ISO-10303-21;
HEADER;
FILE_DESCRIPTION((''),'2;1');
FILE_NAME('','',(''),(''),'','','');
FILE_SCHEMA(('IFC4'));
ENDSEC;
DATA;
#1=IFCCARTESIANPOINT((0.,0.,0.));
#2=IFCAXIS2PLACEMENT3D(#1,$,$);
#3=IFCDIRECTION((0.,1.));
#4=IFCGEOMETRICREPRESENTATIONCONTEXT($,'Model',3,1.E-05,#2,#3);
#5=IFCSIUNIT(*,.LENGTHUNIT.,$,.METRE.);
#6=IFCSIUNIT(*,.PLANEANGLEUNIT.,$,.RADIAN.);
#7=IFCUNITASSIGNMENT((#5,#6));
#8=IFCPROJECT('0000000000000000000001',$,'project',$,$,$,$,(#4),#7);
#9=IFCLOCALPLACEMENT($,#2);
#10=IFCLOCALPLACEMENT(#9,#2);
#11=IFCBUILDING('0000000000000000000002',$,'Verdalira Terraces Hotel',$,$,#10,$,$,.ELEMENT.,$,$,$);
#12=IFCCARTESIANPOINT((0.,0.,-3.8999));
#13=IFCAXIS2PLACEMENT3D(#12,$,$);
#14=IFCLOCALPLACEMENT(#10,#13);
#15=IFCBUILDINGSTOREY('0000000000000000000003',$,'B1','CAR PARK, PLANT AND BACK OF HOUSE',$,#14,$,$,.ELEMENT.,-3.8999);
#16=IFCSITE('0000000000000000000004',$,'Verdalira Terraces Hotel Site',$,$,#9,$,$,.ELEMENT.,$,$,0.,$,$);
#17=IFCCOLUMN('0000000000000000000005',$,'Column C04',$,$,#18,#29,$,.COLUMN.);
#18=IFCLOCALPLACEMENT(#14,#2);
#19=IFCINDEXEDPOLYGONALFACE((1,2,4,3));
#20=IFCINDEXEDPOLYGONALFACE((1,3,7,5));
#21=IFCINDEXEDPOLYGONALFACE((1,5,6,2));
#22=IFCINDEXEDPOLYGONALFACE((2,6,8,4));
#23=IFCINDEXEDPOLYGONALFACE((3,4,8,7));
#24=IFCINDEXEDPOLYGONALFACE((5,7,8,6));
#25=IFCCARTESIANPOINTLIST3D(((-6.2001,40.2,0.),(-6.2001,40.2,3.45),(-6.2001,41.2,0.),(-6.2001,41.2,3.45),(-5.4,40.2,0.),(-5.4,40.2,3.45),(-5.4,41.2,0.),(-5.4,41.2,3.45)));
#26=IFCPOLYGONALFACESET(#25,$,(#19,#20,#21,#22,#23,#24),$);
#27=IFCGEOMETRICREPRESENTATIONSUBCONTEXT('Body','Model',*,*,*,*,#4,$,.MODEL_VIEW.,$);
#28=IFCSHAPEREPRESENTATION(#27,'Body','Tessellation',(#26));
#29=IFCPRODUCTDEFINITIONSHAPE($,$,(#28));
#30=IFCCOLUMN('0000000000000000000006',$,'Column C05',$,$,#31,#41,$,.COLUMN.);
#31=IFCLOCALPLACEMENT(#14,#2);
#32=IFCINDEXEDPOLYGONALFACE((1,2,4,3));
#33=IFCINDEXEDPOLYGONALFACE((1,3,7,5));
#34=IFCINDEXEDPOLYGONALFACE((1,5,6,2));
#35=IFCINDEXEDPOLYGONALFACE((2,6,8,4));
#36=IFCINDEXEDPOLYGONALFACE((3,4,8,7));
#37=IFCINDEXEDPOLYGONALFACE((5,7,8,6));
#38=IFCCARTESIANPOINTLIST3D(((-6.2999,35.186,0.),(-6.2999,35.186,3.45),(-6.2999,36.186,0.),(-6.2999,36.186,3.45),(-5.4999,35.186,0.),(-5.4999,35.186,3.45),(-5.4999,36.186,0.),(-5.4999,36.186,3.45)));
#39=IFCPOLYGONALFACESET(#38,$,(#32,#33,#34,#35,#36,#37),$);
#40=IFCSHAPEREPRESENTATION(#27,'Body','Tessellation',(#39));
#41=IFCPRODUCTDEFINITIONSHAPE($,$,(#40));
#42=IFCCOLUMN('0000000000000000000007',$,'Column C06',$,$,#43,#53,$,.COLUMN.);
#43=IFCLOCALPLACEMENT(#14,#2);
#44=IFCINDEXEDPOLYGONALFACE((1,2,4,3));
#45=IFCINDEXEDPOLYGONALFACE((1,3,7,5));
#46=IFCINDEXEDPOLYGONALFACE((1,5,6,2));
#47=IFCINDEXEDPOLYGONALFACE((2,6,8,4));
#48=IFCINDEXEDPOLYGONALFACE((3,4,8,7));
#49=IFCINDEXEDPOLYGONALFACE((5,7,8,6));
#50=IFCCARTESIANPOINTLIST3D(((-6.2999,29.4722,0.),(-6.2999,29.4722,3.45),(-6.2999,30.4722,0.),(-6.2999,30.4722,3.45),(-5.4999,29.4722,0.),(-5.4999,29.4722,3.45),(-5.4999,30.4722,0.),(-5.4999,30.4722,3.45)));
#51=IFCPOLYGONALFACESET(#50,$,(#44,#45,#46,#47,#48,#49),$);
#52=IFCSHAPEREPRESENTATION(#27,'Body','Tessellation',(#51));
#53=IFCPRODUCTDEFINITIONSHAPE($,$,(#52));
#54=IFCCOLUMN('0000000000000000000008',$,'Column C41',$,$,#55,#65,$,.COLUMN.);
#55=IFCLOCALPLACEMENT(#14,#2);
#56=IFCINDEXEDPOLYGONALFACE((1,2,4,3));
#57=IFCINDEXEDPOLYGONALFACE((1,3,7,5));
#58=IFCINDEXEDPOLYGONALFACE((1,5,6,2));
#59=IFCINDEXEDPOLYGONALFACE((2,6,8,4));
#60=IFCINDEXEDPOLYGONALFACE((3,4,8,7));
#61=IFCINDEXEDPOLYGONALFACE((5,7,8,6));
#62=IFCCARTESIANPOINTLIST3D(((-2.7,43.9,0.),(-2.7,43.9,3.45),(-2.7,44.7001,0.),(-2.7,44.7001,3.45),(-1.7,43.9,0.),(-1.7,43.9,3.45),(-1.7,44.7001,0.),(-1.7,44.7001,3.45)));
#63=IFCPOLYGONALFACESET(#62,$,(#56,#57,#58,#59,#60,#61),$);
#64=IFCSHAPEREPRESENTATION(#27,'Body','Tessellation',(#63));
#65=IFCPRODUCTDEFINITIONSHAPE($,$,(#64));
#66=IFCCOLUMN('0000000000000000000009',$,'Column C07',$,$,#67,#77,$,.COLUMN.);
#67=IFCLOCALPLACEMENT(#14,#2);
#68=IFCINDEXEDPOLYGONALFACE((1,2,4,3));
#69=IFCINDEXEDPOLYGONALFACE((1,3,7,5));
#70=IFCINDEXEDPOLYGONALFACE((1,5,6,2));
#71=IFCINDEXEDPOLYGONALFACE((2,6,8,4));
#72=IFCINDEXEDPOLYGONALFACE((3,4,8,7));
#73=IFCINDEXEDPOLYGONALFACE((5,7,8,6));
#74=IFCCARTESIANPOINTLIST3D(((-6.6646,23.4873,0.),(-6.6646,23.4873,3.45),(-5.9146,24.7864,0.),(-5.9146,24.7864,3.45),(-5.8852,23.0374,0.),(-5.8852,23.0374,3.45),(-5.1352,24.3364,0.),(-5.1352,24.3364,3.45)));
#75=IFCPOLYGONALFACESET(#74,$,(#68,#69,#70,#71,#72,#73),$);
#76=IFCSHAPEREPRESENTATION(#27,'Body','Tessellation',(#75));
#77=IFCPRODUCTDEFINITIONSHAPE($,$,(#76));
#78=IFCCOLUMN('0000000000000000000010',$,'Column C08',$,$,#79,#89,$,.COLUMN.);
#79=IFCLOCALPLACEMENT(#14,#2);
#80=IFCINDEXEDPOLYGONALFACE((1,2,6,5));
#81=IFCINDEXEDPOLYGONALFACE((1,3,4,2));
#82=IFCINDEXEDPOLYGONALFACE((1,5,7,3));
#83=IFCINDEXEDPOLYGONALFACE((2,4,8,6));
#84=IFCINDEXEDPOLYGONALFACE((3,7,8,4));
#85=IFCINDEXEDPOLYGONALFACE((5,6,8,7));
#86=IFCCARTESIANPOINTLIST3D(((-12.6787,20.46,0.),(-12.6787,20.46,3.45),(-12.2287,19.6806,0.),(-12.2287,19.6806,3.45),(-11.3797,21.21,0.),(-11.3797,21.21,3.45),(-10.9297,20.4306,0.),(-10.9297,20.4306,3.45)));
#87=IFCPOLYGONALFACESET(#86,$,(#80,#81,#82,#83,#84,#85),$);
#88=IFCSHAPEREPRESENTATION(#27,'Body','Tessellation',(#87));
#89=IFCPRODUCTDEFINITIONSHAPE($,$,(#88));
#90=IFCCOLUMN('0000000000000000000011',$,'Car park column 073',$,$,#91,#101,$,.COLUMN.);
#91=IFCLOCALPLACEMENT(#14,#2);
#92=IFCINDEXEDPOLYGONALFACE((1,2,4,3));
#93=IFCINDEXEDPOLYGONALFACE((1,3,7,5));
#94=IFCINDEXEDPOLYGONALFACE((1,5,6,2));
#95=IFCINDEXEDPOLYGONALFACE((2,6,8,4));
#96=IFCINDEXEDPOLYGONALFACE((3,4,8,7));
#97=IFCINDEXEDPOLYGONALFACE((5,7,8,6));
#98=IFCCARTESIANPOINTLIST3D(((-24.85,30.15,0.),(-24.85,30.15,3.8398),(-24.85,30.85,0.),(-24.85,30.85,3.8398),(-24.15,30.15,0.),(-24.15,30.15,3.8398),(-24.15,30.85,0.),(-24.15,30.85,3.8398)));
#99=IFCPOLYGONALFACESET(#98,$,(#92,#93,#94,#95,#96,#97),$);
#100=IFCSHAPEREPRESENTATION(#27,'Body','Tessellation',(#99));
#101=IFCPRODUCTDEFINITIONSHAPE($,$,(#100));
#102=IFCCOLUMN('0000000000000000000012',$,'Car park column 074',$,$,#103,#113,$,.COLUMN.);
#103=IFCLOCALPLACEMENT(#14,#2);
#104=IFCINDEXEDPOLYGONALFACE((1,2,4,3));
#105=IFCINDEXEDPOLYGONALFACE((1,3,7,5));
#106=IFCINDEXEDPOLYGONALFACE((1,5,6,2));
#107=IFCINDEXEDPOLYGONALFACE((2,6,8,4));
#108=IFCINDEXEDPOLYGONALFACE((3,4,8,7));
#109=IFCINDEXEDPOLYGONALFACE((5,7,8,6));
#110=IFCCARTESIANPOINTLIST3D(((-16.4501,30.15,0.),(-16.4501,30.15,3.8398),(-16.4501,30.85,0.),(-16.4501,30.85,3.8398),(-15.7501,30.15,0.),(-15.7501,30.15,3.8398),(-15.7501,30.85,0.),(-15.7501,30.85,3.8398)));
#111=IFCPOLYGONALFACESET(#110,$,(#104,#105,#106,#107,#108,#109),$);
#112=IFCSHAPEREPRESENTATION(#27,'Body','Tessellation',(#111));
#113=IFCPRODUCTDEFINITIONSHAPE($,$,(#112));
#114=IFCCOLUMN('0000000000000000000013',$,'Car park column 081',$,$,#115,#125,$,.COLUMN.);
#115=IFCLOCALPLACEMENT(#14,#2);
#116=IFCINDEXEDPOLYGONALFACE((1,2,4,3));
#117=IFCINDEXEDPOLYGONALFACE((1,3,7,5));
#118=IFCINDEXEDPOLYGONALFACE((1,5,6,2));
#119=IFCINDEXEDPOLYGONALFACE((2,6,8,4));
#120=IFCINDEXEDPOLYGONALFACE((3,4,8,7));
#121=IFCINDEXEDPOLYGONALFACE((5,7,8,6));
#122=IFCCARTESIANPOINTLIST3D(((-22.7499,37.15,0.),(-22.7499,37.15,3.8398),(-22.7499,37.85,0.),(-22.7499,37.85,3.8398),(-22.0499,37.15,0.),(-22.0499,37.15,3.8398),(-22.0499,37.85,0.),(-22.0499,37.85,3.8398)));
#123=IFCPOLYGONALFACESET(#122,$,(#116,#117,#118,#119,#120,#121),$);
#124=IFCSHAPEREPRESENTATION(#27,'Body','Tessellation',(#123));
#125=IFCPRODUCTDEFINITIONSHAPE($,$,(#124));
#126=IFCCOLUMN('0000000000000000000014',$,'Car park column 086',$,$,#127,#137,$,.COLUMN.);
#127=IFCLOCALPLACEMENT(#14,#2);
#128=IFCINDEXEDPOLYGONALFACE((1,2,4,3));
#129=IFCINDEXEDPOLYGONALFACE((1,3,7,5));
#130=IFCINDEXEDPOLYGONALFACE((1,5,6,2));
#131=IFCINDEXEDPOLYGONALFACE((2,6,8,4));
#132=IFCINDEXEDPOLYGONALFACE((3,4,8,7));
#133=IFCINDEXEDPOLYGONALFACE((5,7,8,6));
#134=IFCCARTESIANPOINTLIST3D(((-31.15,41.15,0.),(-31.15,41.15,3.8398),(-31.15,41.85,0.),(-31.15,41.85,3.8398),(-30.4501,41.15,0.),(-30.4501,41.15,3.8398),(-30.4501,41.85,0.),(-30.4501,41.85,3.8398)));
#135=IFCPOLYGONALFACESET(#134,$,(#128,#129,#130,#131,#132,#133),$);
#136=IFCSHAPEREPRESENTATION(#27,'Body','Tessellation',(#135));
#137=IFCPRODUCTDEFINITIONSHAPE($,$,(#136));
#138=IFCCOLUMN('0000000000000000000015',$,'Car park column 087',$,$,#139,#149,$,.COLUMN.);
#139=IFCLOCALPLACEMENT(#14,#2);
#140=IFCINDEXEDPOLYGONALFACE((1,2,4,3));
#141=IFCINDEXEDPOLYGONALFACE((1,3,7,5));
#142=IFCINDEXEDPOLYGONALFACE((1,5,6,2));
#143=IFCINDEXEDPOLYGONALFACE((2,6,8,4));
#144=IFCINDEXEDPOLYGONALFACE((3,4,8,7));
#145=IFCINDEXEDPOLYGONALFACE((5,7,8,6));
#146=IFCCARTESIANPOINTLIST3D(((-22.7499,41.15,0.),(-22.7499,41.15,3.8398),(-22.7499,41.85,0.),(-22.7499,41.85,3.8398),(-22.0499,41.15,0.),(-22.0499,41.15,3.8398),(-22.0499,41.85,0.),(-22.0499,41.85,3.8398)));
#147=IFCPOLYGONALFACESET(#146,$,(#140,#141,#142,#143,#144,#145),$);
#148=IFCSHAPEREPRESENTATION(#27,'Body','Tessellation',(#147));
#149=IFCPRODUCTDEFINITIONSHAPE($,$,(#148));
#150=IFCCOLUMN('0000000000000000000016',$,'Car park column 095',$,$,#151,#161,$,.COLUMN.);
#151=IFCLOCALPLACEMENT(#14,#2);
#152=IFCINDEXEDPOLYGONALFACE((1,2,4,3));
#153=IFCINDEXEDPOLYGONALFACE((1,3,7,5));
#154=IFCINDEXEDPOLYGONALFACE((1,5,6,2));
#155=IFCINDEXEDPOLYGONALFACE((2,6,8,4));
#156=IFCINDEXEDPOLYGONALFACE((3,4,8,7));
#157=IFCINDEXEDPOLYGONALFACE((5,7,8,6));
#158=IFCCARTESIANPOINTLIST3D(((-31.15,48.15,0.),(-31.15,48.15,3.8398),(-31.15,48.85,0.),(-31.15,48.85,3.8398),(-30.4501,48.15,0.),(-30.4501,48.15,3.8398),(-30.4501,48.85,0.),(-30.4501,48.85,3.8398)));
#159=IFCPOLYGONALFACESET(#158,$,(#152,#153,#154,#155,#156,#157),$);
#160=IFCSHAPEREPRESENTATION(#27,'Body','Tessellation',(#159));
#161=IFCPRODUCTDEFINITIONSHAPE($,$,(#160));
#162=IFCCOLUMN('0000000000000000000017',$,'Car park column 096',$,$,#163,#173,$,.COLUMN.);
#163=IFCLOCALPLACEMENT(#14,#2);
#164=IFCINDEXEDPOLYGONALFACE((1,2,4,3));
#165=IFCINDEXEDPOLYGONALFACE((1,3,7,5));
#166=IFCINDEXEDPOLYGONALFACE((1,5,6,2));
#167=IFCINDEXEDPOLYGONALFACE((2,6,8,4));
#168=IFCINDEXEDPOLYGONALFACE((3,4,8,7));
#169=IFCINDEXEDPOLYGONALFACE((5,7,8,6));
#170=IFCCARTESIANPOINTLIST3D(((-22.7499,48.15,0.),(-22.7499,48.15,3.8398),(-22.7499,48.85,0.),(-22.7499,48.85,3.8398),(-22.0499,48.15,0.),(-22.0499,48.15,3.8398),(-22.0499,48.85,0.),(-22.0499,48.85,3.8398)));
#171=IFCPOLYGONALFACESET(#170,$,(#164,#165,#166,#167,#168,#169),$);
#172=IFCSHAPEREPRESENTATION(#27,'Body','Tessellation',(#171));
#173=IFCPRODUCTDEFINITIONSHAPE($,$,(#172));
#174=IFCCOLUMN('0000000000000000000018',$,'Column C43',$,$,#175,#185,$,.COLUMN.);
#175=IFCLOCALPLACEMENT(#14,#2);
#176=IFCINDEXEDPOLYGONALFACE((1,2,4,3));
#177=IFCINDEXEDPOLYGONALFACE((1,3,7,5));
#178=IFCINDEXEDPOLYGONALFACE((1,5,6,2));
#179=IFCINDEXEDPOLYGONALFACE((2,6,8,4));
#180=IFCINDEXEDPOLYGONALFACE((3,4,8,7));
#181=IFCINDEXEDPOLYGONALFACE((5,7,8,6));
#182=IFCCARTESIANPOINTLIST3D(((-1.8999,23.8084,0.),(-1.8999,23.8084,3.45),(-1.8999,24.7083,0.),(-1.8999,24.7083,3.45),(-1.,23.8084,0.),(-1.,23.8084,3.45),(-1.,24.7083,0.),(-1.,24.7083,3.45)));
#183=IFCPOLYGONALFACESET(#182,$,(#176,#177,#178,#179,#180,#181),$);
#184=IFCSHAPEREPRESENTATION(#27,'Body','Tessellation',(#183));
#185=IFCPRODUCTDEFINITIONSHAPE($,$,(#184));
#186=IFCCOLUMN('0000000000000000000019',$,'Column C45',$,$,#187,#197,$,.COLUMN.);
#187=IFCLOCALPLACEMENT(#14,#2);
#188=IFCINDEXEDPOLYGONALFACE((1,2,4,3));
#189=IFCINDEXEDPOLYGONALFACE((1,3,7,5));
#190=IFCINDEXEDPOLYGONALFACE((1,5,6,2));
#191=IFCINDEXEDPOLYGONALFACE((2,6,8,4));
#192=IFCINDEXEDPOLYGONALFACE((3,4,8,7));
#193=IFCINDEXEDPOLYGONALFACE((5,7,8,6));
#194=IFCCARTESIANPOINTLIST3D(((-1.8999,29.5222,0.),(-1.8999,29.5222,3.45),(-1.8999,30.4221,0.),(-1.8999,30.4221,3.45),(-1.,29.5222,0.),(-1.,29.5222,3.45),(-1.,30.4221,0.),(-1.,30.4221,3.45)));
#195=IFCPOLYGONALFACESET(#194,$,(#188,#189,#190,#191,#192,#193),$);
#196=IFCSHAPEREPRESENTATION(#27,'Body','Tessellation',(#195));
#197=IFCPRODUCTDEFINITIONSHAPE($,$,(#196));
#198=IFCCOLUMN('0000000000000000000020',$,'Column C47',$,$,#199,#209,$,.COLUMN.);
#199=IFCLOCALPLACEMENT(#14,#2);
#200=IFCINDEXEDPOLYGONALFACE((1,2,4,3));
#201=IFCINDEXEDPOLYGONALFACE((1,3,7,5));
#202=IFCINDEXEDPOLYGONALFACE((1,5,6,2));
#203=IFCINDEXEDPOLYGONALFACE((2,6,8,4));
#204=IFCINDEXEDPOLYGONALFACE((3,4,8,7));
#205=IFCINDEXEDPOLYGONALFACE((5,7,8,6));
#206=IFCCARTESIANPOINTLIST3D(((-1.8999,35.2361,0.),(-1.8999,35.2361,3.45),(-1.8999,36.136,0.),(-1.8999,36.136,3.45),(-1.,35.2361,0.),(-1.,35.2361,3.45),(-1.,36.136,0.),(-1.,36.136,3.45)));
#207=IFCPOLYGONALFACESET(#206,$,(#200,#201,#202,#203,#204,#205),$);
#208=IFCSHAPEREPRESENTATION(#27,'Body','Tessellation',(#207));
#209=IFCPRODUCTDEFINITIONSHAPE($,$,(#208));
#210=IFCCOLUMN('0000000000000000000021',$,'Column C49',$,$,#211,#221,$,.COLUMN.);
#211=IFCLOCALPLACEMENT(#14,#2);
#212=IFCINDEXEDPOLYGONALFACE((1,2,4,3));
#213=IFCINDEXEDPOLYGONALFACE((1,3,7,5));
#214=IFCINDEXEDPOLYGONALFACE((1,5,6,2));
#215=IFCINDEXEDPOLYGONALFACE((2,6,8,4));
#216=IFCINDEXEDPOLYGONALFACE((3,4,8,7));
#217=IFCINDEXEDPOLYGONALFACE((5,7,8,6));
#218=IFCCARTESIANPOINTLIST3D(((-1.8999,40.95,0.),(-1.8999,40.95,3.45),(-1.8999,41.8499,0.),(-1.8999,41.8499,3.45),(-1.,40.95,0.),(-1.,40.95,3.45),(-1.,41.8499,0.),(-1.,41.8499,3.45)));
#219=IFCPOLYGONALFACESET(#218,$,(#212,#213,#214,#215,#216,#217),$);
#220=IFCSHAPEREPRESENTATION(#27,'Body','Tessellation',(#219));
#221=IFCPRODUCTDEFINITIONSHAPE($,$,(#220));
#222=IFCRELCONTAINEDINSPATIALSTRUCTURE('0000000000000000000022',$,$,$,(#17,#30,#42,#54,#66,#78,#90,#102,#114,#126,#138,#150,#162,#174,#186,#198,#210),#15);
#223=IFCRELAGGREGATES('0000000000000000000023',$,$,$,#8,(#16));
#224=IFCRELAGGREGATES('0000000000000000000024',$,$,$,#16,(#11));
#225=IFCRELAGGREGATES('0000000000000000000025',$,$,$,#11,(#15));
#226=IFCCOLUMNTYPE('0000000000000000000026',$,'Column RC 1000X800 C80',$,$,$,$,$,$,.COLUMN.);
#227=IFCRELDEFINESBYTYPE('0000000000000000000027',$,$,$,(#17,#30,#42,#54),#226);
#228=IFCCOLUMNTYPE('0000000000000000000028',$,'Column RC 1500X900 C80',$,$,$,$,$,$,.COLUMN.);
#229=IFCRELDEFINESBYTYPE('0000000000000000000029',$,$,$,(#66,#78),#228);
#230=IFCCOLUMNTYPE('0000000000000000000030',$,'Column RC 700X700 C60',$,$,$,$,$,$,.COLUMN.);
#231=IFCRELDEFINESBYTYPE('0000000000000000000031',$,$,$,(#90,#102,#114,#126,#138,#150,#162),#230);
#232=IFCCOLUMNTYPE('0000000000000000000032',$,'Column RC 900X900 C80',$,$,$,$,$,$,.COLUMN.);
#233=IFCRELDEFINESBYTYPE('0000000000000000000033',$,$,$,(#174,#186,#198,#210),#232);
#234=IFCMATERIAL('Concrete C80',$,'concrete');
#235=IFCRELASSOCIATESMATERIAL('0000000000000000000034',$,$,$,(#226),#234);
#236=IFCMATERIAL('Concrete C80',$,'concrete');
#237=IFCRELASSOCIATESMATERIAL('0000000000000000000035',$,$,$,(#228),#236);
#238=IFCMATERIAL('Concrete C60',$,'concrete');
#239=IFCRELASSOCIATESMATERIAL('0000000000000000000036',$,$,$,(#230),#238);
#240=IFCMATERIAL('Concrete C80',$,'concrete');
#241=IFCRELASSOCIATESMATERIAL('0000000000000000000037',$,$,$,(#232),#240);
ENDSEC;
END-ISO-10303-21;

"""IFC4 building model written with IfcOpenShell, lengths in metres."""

from ifc_helpers import new_model, si_unit, direction, frame, origin, origin_2d, place, context, subcontext, project, spatial, rectangle, extrude, material, material_profile, profile_set, type_object, element, save


model = new_model("IFC4")

# Units and contexts
model_context = context("Model", 3, precision=1e-05, world=origin(), true_north=direction((0.0, 1.0)))
body_context = subcontext(model_context, "Body", "Model", "MODEL_VIEW")
ifc_project = project(units=[si_unit("LENGTHUNIT", "METRE"), si_unit("PLANEANGLEUNIT", "RADIAN")], contexts=[model_context])

# Site, building, storey
site_placement = place(None, origin())
site = spatial("IfcSite", under=ifc_project, at=site_placement, Name="Verdalira Terraces Hotel Site", CompositionType="ELEMENT", RefElevation=0.0)
building_placement = place(site_placement, origin())
building = spatial("IfcBuilding", under=site, at=building_placement, Name="Verdalira Terraces Hotel", CompositionType="ELEMENT")
storey_placement = place(building_placement, frame((0.0, 0.0, -3.8999)))
storey = spatial("IfcBuildingStorey", under=building, at=storey_placement, Name="B1", Description="CAR PARK, PLANT AND BACK OF HOUSE", CompositionType="ELEMENT", Elevation=-3.8999)

# Columns
ifc_material_1 = material(Name="Concrete C80", Category="concrete")
ifc_material_profile_1 = material_profile(ifc_material_1, rectangle(XDim=1.0, YDim=0.8, at=origin_2d()), Name="RC 1000X800")
ifc_profile_set_1 = profile_set([ifc_material_profile_1], Name="Concrete C80")
column_type_1 = type_object("IfcColumnType", Name="Column RC 1000X800 C80", PredefinedType="COLUMN", material=ifc_profile_set_1)
for number, where, z_axis, x_axis, name in (
    (1, (-5.8, 40.7, 0.0), (0.0, 0.0, 1.0), (0.0, -1.0, 0.0), "Column C04"),
    (2, (-5.8999, 35.686, 0.0), (0.0, 0.0, 1.0), (0.0, -1.0, 0.0), "Column C05"),
    (3, (-5.8999, 29.9722, 0.0), (0.0, 0.0, 1.0), (0.0, -1.0, 0.0), "Column C06"),
    (4, (-2.2, 44.3, 0.0), (0.0, 0.0, 1.0), (-1.0, 0.0, 0.0), "Column C41"),
):
    element("IfcColumn", number, at=place(storey_placement, frame(where, z_axis=z_axis, x_axis=x_axis)), inside=storey, type_object=column_type_1, Name=name, PredefinedType="COLUMN", context=body_context, shape_type="SweptSolid", body=[
        extrude(rectangle(XDim=1.0, YDim=0.8, at=origin_2d()), origin(), (0.0, 0.0, 1.0), 3.45),
    ])
ifc_material_2 = material(Name="Concrete C80", Category="concrete")
ifc_material_profile_2 = material_profile(ifc_material_2, rectangle(XDim=1.5, YDim=0.8999, at=origin_2d()), Name="RC 1500X900")
ifc_profile_set_2 = profile_set([ifc_material_profile_2], Name="Concrete C80")
column_type_2 = type_object("IfcColumnType", Name="Column RC 1500X900 C80", PredefinedType="COLUMN", material=ifc_profile_set_2)
for number, where, z_axis, x_axis, name in (
    (5, (-5.8999, 23.9119, 0.0), (0.0, 0.0, 1.0), (0.5, 0.866025, 0.0), "Column C07"),
    (6, (-11.8042, 20.4453, 0.0), (0.0, 0.0, 1.0), (-0.866025, -0.5, 0.0), "Column C08"),
):
    element("IfcColumn", number, at=place(storey_placement, frame(where, z_axis=z_axis, x_axis=x_axis)), inside=storey, type_object=column_type_2, Name=name, PredefinedType="COLUMN", context=body_context, shape_type="SweptSolid", body=[
        extrude(rectangle(XDim=1.5, YDim=0.8999, at=origin_2d()), origin(), (0.0, 0.0, 1.0), 3.45),
    ])
ifc_material_3 = material(Name="Concrete C60", Category="concrete")
ifc_material_profile_3 = material_profile(ifc_material_3, rectangle(XDim=0.7, YDim=0.7, at=origin_2d()), Name="RC 700X700")
ifc_profile_set_3 = profile_set([ifc_material_profile_3], Name="Concrete C60")
column_type_3 = type_object("IfcColumnType", Name="Column RC 700X700 C60", PredefinedType="COLUMN", material=ifc_profile_set_3)
for number, where, z_axis, x_axis, name in (
    (7, (-24.5, 30.5, 0.0), (0.0, 0.0, 1.0), (1.0, 0.0, 0.0), "Car park column 073"),
    (8, (-16.1001, 30.5, 0.0), (0.0, 0.0, 1.0), (1.0, 0.0, 0.0), "Car park column 074"),
    (9, (-22.3999, 37.5, 0.0), (0.0, 0.0, 1.0), (1.0, 0.0, 0.0), "Car park column 081"),
    (10, (-30.8, 41.5, 0.0), (0.0, 0.0, 1.0), (1.0, 0.0, 0.0), "Car park column 086"),
    (11, (-22.3999, 41.5, 0.0), (0.0, 0.0, 1.0), (1.0, 0.0, 0.0), "Car park column 087"),
    (12, (-30.8, 48.5, 0.0), (0.0, 0.0, 1.0), (1.0, 0.0, 0.0), "Car park column 095"),
    (13, (-22.3999, 48.5, 0.0), (0.0, 0.0, 1.0), (1.0, 0.0, 0.0), "Car park column 096"),
):
    element("IfcColumn", number, at=place(storey_placement, frame(where, z_axis=z_axis, x_axis=x_axis)), inside=storey, type_object=column_type_3, Name=name, PredefinedType="COLUMN", context=body_context, shape_type="SweptSolid", body=[
        extrude(rectangle(XDim=0.7, YDim=0.7, at=origin_2d()), origin(), (0.0, 0.0, 1.0), 3.8398),
    ])
ifc_material_4 = material(Name="Concrete C80", Category="concrete")
ifc_material_profile_4 = material_profile(ifc_material_4, rectangle(XDim=0.8999, YDim=0.8999, at=origin_2d()), Name="RC 900X900")
ifc_profile_set_4 = profile_set([ifc_material_profile_4], Name="Concrete C80")
column_type_4 = type_object("IfcColumnType", Name="Column RC 900X900 C80", PredefinedType="COLUMN", material=ifc_profile_set_4)
for number, where, z_axis, x_axis, name in (
    (14, (-1.45, 24.2583, 0.0), (0.0, 0.0, 1.0), (0.0, 1.0, 0.0), "Column C43"),
    (15, (-1.45, 29.9722, 0.0), (0.0, 0.0, 1.0), (0.0, 1.0, 0.0), "Column C45"),
    (16, (-1.45, 35.686, 0.0), (0.0, 0.0, 1.0), (0.0, 1.0, 0.0), "Column C47"),
    (17, (-1.45, 41.3999, 0.0), (0.0, 0.0, 1.0), (0.0, 1.0, 0.0), "Column C49"),
):
    element("IfcColumn", number, at=place(storey_placement, frame(where, z_axis=z_axis, x_axis=x_axis)), inside=storey, type_object=column_type_4, Name=name, PredefinedType="COLUMN", context=body_context, shape_type="SweptSolid", body=[
        extrude(rectangle(XDim=0.8999, YDim=0.8999, at=origin_2d()), origin(), (0.0, 0.0, 1.0), 3.45),
    ])

save(model, "model.ifc")
